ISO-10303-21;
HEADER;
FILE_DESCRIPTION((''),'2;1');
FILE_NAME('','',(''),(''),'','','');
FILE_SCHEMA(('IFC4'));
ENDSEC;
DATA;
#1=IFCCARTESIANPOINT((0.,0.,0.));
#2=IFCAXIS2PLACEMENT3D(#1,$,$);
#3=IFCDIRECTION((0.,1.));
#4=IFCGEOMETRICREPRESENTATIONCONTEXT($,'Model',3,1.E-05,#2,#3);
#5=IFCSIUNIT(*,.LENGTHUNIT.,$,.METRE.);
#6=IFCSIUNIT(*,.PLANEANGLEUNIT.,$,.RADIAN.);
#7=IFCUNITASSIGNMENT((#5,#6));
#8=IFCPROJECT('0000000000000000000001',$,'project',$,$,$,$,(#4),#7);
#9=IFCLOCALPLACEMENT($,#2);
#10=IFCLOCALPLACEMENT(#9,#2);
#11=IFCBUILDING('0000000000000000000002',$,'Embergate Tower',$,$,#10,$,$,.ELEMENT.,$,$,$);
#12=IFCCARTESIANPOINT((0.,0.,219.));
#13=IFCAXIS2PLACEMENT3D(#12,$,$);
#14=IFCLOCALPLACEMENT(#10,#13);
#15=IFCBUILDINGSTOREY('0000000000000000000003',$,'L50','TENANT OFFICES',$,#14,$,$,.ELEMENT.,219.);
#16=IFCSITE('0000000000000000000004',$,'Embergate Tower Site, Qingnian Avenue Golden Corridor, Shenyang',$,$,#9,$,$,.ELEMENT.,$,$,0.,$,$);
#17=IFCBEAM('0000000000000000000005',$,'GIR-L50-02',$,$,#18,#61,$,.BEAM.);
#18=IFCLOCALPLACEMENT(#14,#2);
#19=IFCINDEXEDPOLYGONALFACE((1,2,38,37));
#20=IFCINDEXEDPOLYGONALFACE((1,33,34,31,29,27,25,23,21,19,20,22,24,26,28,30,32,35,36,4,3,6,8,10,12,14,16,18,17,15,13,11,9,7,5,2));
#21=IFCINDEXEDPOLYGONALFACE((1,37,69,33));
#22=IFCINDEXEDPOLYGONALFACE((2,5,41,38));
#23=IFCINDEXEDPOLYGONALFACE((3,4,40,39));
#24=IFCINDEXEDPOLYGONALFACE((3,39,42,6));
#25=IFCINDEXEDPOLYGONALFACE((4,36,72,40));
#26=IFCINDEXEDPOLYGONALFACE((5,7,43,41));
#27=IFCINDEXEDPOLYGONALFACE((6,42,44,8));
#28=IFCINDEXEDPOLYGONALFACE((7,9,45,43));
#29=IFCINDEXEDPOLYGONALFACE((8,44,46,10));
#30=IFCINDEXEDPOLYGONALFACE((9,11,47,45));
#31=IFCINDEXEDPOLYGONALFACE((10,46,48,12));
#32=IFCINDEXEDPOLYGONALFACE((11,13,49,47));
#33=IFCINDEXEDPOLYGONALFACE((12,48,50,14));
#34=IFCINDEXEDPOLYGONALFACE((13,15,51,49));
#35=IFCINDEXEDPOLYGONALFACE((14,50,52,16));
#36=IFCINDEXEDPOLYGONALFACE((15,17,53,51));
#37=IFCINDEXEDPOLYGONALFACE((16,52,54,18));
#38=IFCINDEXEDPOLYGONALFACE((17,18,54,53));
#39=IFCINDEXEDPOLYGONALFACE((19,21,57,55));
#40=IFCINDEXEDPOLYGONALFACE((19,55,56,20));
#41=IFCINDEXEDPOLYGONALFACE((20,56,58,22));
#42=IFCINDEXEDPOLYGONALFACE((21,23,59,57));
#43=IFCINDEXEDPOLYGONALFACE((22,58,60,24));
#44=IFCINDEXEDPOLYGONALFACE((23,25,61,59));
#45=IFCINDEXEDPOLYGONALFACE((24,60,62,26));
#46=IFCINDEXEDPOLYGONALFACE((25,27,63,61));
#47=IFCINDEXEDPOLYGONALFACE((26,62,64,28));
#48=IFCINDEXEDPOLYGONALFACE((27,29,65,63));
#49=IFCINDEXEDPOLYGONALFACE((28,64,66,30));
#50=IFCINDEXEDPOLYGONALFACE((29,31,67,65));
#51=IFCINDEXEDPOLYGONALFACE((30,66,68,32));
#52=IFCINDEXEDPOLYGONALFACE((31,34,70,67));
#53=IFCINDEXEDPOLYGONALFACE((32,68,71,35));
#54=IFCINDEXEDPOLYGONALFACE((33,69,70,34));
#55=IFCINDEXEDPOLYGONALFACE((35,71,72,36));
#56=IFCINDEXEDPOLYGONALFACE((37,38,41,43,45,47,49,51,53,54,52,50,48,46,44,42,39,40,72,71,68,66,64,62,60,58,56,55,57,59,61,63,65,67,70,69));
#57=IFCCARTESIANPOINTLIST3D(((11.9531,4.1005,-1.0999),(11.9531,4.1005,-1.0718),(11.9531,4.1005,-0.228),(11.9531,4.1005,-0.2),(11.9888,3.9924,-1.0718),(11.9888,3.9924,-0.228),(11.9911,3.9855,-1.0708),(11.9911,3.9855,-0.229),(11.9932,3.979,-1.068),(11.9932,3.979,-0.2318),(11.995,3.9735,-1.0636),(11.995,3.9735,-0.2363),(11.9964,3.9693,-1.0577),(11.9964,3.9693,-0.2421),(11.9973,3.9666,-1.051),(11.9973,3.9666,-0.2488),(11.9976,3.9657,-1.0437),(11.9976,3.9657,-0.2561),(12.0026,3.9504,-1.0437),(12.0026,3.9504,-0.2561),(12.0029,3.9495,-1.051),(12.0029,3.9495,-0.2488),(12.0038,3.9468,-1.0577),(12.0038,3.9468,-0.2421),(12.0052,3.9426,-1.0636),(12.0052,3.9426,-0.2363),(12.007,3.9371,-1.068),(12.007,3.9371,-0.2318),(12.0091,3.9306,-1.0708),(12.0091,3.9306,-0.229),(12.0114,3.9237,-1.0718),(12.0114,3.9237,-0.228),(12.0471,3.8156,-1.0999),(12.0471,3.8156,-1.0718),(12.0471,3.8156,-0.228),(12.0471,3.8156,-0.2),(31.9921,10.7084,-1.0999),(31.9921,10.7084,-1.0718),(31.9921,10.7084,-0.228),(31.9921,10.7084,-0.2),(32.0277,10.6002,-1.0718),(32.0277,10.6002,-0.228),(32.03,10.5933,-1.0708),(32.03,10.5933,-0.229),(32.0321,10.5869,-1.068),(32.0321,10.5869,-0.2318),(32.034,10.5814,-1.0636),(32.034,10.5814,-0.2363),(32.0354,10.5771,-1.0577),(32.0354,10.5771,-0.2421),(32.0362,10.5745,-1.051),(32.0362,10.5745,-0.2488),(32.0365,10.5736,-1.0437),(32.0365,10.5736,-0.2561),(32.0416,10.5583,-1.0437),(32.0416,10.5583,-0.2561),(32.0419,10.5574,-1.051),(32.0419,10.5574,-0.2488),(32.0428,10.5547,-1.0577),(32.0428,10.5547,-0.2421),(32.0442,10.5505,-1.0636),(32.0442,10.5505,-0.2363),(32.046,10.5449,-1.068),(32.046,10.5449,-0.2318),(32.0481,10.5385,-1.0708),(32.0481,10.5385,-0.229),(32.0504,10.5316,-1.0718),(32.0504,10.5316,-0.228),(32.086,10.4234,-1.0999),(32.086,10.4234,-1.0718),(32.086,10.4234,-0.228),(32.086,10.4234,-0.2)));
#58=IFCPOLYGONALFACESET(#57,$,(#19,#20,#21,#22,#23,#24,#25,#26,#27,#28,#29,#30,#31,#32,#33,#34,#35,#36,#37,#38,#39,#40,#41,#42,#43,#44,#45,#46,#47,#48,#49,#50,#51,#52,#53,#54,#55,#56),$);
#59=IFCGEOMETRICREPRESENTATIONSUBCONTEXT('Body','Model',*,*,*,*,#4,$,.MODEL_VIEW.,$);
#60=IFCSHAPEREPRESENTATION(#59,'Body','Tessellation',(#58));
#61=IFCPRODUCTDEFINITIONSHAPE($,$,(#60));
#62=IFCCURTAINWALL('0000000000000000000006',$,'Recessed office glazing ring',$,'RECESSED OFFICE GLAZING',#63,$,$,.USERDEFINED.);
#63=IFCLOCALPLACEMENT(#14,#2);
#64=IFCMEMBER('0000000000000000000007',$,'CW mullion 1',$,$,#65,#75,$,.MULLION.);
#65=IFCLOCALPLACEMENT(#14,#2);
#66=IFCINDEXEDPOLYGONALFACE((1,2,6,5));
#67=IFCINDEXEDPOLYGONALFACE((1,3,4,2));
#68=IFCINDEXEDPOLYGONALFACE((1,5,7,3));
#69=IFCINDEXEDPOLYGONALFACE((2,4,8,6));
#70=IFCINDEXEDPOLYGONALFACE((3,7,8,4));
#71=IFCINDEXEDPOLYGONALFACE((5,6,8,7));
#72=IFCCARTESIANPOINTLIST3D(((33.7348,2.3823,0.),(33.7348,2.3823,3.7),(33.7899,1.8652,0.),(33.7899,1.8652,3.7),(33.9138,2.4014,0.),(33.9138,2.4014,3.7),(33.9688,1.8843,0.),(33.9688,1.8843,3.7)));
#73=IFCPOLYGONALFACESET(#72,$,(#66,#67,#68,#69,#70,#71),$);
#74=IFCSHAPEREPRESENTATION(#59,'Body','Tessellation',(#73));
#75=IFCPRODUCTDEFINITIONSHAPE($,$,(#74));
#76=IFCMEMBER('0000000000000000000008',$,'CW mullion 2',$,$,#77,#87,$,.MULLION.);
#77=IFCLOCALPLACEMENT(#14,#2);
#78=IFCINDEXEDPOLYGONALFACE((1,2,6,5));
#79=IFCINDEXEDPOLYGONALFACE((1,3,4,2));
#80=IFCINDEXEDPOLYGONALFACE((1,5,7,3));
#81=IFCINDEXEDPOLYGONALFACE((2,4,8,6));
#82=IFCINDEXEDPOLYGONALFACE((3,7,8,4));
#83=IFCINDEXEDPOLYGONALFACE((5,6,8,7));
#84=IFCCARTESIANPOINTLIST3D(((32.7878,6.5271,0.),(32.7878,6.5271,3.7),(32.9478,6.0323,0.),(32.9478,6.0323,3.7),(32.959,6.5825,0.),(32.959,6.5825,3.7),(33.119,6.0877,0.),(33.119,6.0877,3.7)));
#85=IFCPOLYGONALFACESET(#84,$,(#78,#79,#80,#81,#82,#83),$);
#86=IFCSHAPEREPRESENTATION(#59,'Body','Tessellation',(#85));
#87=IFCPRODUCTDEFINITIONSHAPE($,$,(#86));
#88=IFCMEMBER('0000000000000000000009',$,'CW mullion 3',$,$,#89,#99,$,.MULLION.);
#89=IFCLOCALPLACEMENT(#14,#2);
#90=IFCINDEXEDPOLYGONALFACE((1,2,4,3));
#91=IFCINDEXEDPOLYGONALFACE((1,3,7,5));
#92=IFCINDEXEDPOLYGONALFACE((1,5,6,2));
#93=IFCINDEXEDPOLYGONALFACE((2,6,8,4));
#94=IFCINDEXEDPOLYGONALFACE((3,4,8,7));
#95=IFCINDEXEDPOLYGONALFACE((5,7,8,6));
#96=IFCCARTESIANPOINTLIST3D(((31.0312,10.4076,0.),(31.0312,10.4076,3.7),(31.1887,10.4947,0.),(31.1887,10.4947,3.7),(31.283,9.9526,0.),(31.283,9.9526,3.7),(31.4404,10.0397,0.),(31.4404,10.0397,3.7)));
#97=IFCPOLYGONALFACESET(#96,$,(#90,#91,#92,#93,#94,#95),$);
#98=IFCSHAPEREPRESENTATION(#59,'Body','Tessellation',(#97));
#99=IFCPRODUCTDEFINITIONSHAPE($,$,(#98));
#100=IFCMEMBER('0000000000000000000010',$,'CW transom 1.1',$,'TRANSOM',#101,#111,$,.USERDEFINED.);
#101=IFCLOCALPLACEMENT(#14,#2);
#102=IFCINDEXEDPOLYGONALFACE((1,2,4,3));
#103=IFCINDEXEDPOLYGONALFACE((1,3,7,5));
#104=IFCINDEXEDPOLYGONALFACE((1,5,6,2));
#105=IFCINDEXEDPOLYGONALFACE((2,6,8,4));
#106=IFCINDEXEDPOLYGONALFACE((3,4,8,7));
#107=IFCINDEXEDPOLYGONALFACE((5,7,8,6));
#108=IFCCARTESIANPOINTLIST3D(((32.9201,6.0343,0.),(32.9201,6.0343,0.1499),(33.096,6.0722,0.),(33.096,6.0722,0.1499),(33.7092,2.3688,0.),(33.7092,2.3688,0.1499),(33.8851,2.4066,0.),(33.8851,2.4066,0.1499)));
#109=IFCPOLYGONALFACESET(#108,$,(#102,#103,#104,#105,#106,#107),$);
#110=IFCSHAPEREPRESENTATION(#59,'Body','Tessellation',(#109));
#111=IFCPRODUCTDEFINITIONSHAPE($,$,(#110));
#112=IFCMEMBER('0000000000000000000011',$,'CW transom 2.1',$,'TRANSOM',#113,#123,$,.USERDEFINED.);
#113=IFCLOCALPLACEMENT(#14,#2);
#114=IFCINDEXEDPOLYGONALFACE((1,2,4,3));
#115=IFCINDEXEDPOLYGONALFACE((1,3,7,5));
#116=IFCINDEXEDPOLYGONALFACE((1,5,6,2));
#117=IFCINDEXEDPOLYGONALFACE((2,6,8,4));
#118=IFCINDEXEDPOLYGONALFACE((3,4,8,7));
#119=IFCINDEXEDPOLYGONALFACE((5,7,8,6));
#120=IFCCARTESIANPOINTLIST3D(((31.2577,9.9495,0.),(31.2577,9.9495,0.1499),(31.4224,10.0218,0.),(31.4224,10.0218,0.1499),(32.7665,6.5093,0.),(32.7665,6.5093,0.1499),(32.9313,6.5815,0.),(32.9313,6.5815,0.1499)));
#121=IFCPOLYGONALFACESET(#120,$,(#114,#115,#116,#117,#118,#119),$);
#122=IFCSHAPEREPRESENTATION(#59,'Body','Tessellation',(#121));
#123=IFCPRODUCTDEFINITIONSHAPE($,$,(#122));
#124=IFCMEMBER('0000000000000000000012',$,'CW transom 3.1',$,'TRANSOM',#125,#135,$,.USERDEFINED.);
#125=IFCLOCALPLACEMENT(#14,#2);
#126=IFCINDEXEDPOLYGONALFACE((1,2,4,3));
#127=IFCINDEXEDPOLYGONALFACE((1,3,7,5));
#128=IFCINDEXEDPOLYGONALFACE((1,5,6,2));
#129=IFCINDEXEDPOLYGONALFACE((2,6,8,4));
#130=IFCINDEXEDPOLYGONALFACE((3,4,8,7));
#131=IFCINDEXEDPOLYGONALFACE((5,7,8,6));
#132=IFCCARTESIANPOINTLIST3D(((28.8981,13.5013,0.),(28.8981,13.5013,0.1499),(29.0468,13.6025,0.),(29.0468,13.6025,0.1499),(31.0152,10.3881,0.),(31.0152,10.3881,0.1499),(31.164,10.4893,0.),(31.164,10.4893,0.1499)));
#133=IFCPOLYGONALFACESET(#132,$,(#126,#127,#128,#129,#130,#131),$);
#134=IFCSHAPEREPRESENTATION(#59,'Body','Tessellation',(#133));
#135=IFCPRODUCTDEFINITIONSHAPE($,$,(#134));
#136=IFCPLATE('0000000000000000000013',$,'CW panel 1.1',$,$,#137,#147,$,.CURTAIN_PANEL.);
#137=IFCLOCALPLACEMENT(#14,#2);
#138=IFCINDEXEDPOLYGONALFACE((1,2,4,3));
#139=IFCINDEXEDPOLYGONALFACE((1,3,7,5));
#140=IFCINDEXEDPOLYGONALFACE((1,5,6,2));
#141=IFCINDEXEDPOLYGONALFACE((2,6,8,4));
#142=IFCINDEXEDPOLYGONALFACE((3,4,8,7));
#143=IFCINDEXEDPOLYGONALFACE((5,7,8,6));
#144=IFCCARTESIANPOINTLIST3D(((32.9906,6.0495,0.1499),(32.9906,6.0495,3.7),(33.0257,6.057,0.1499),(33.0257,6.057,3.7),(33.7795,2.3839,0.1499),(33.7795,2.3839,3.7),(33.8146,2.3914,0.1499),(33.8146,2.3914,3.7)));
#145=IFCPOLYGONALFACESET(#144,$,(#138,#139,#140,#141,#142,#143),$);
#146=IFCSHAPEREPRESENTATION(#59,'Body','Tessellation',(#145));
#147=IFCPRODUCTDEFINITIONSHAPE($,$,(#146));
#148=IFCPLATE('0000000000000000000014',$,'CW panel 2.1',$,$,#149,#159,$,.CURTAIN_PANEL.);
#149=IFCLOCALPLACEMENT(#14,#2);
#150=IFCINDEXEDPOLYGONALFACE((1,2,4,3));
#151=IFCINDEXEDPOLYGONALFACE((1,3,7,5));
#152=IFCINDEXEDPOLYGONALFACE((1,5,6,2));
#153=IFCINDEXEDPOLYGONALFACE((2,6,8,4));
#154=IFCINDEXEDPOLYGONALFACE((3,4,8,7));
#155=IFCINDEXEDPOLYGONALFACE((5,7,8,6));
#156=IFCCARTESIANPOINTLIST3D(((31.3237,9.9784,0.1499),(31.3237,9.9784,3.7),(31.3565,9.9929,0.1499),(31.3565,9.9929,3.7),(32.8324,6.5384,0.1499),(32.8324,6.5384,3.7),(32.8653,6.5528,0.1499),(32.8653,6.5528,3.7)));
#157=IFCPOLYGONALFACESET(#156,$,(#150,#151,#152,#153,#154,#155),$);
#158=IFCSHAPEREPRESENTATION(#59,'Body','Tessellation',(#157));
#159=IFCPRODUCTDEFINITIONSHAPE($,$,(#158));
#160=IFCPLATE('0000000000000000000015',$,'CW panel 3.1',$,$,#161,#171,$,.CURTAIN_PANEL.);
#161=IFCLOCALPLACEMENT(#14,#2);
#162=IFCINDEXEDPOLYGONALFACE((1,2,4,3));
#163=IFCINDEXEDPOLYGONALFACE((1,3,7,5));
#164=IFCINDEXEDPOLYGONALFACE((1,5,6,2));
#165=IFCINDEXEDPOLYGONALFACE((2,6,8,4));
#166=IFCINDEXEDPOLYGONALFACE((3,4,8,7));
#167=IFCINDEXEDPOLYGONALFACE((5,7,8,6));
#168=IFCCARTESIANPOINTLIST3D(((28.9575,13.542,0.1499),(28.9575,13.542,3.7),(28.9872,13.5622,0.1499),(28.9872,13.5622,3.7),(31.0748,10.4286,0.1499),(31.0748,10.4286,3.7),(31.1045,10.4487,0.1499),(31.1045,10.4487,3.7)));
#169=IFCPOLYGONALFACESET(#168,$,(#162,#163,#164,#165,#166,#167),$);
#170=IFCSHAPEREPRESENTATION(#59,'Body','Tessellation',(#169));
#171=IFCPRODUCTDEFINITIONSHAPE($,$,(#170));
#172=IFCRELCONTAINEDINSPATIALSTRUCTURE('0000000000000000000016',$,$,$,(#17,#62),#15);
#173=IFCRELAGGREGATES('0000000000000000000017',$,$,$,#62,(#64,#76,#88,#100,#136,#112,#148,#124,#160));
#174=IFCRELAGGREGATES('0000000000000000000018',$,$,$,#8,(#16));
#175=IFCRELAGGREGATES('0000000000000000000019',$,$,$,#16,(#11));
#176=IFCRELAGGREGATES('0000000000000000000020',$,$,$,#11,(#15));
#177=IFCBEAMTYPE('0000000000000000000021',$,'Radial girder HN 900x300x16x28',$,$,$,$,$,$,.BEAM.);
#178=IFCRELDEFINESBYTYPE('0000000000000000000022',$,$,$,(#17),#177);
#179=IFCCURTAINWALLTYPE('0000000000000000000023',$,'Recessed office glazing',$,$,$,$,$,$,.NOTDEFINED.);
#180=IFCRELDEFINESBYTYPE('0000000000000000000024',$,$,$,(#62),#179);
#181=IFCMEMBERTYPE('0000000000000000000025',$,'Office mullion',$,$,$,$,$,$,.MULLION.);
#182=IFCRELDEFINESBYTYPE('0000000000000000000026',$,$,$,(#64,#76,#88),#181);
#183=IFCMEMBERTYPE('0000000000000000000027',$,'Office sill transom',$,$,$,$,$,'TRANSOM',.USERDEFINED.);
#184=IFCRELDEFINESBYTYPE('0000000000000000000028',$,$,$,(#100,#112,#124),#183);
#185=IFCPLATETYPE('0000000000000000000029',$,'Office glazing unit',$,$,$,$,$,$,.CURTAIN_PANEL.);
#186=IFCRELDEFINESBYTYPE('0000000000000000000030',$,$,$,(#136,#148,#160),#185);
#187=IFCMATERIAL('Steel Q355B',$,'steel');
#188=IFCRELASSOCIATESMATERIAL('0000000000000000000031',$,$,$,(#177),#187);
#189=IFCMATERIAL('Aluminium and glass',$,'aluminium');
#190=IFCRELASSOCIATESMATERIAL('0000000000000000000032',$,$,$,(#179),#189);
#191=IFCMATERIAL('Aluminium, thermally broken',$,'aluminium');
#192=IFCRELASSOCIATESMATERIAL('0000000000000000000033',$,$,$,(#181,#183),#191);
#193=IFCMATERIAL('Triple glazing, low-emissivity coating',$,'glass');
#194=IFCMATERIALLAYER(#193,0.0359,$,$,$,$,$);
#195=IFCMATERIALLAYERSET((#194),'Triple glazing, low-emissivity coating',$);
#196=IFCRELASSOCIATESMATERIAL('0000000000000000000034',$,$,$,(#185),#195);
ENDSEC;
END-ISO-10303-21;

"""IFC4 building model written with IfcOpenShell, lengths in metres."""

from ifc_helpers import new_model, si_unit, direction, frame, origin, origin_2d, place, context, subcontext, project, spatial, rectangle, i_section, extrude, source, transform, mapped, material, layer, layer_set, material_profile, profile_set, type_object, element, aggregate, save


model = new_model("IFC4")

# Units and contexts
model_context = context("Model", 3, precision=1e-05, world=origin(), true_north=direction((0.0, 1.0)))
body_context = subcontext(model_context, "Body", "Model", "MODEL_VIEW")
ifc_project = project(units=[si_unit("LENGTHUNIT", "METRE"), si_unit("PLANEANGLEUNIT", "RADIAN")], contexts=[model_context])

# Site, building, storey
site_placement = place(None, origin())
site = spatial("IfcSite", under=ifc_project, at=site_placement, Name="Embergate Tower Site, Qingnian Avenue Golden Corridor, Shenyang", CompositionType="ELEMENT", RefElevation=0.0)
building_placement = place(site_placement, origin())
building = spatial("IfcBuilding", under=site, at=building_placement, Name="Embergate Tower", CompositionType="ELEMENT")
storey_placement = place(building_placement, frame((0.0, 0.0, 219.0)))
storey = spatial("IfcBuildingStorey", under=building, at=storey_placement, Name="L50", Description="TENANT OFFICES", CompositionType="ELEMENT", Elevation=219.0)

# Beam
ifc_material_1 = material(Name="Steel Q355B", Category="steel")
ifc_material_profile_1 = material_profile(ifc_material_1, i_section(OverallWidth=0.3, OverallDepth=0.8999, WebThickness=0.0161, FlangeThickness=0.0281, FilletRadius=0.0281, at=origin_2d()), Name="HN 900x300x16x28")
ifc_profile_set_1 = profile_set([ifc_material_profile_1], Name="Steel Q355 grade B")
beam_type_1 = type_object("IfcBeamType", Name="Radial girder HN 900x300x16x28", PredefinedType="BEAM", material=ifc_profile_set_1)
shared_shape_1 = source(origin(), body_context, "Body", "SweptSolid", [
    extrude(i_section(OverallWidth=0.3, OverallDepth=0.8999, WebThickness=0.0161, FlangeThickness=0.0281, FilletRadius=0.0281, at=origin_2d()), origin(), (0.0, 0.0, 1.0), 21.1003),
])
beam_1_placement = place(storey_placement, frame((32.0391, 10.5659, -0.6499), z_axis=(-0.949699, -0.313165, 0.0), x_axis=(0.313165, -0.949699, 0.0)))
element("IfcBeam", 1, at=beam_1_placement, inside=storey, type_object=beam_type_1, Name="GIR-L50-02", PredefinedType="BEAM", context=body_context, shape_type="MappedRepresentation", body=[
    mapped(shared_shape_1, transform((0.0, 0.0, 0.0))),
])

# Curtain wall, members, plates
ifc_material_2 = material(Name="Aluminium and glass", Category="aluminium")
curtain_wall_type = type_object("IfcCurtainWallType", Name="Recessed office glazing", PredefinedType="NOTDEFINED", material=ifc_material_2)
curtain_wall_placement = place(storey_placement, origin())
curtain_wall = element("IfcCurtainWall", 2, at=curtain_wall_placement, inside=storey, type_object=curtain_wall_type, Name="Recessed office glazing ring", ObjectType="RECESSED OFFICE GLAZING", PredefinedType="USERDEFINED")
ifc_material_3 = material(Name="Aluminium, thermally broken", Category="aluminium")
ifc_material_profile_2 = material_profile(ifc_material_3, rectangle(XDim=0.1799, YDim=0.52, at=origin_2d()), Name="AL 520x180")
ifc_profile_set_2 = profile_set([ifc_material_profile_2], Name="Aluminium, thermally broken")
member_type_1 = type_object("IfcMemberType", Name="Office mullion", PredefinedType="MULLION", material=ifc_profile_set_2)
shared_shape_2 = source(origin(), body_context, "Body", "SweptSolid", [
    extrude(rectangle(XDim=0.1799, YDim=0.52, at=origin_2d()), origin(), (0.0, 0.0, 1.0), 3.7),
])
member_1_placement = place(storey_placement, frame((33.8518, 2.1333, 0.0), z_axis=(0.0, 0.0, 1.0), x_axis=(-0.994385, -0.105825, 0.0)))
member_1 = element("IfcMember", 3, at=member_1_placement, type_object=member_type_1, Name="CW mullion 1", PredefinedType="MULLION", context=body_context, shape_type="MappedRepresentation", body=[
    mapped(shared_shape_2, transform((0.0, 0.0, 0.0))),
])
member_2_placement = place(storey_placement, frame((32.9534, 6.3074, 0.0), z_axis=(0.0, 0.0, 1.0), x_axis=(-0.951497, -0.307657, 0.0)))
member_2 = element("IfcMember", 4, at=member_2_placement, type_object=member_type_1, Name="CW mullion 2", PredefinedType="MULLION", context=body_context, shape_type="MappedRepresentation", body=[
    mapped(shared_shape_2, transform((0.0, 0.0, 0.0))),
])
member_3_placement = place(storey_placement, frame((31.2358, 10.2236, 0.0), z_axis=(0.0, 0.0, 1.0), x_axis=(-0.875001, -0.484121, 0.0)))
member_3 = element("IfcMember", 5, at=member_3_placement, type_object=member_type_1, Name="CW mullion 3", PredefinedType="MULLION", context=body_context, shape_type="MappedRepresentation", body=[
    mapped(shared_shape_2, transform((0.0, 0.0, 0.0))),
])
ifc_material_profile_3 = material_profile(ifc_material_3, rectangle(XDim=0.1799, YDim=0.1499, at=origin_2d()), Name="AL 150x180")
ifc_profile_set_3 = profile_set([ifc_material_profile_3], Name="Aluminium, thermally broken")
member_type_2 = type_object("IfcMemberType", Name="Office sill transom", ElementType="TRANSOM", PredefinedType="USERDEFINED", material=ifc_profile_set_3)
shared_shape_3 = source(origin(), body_context, "Body", "SweptSolid", [
    extrude(rectangle(XDim=0.1799, YDim=0.1499, at=origin_2d()), origin(), (0.0, 0.0, 1.0), 3.7495),
])
member_4_placement = place(storey_placement, frame((33.7971, 2.3877, 0.075), z_axis=(-0.210445, 0.977606, 0.0), x_axis=(-0.977606, -0.210445, 0.0)))
member_4 = element("IfcMember", 6, at=member_4_placement, type_object=member_type_2, Name="CW transom 1.1", ObjectType="TRANSOM", PredefinedType="USERDEFINED", context=body_context, shape_type="MappedRepresentation", body=[
    mapped(shared_shape_3, transform((0.0, 0.0, 0.0))),
])
shared_shape_4 = source(origin(), body_context, "Body", "SweptSolid", [
    extrude(rectangle(XDim=0.1799, YDim=0.1499, at=origin_2d()), origin(), (0.0, 0.0, 1.0), 3.7566),
])
member_5_placement = place(storey_placement, frame((32.8489, 6.5454, 0.075), z_axis=(-0.401647, 0.915794, 0.0), x_axis=(-0.915794, -0.401647, 0.0)))
member_5 = element("IfcMember", 7, at=member_5_placement, type_object=member_type_2, Name="CW transom 2.1", ObjectType="TRANSOM", PredefinedType="USERDEFINED", context=body_context, shape_type="MappedRepresentation", body=[
    mapped(shared_shape_4, transform((0.0, 0.0, 0.0))),
])
shared_shape_5 = source(origin(), body_context, "Body", "SweptSolid", [
    extrude(rectangle(XDim=0.1799, YDim=0.1499, at=origin_2d()), origin(), (0.0, 0.0, 1.0), 3.7649),
])
member_6_placement = place(storey_placement, frame((31.0896, 10.4387, 0.075), z_axis=(-0.562338, 0.826907, 0.0), x_axis=(-0.826907, -0.562338, 0.0)))
member_6 = element("IfcMember", 8, at=member_6_placement, type_object=member_type_2, Name="CW transom 3.1", ObjectType="TRANSOM", PredefinedType="USERDEFINED", context=body_context, shape_type="MappedRepresentation", body=[
    mapped(shared_shape_5, transform((0.0, 0.0, 0.0))),
])
ifc_material_4 = material(Name="Triple glazing, low-emissivity coating", Category="glass")
ifc_layer_1 = layer(ifc_material_4, 0.0359)
ifc_layer_set_1 = layer_set([ifc_layer_1], Name="Triple glazing, low-emissivity coating")
plate_type = type_object("IfcPlateType", Name="Office glazing unit", PredefinedType="CURTAIN_PANEL", material=ifc_layer_set_1)
shared_shape_6 = source(origin(), body_context, "Body", "SweptSolid", [
    extrude(rectangle(XDim=3.7495, YDim=0.0359, at=origin_2d()), origin(), (0.0, 0.0, 1.0), 3.55),
])
plate_1_placement = place(storey_placement, frame((33.4026, 4.2205, 0.1499), z_axis=(0.0, 0.0, 1.0), x_axis=(-0.210397, 0.977616, 0.0)))
plate_1 = element("IfcPlate", 9, at=plate_1_placement, type_object=plate_type, Name="CW panel 1.1", PredefinedType="CURTAIN_PANEL", context=body_context, shape_type="MappedRepresentation", body=[
    mapped(shared_shape_6, transform((0.0, 0.0, 0.0))),
])
shared_shape_7 = source(origin(), body_context, "Body", "SweptSolid", [
    extrude(rectangle(XDim=3.7563, YDim=0.0359, at=origin_2d()), origin(), (0.0, 0.0, 1.0), 3.55),
])
plate_2_placement = place(storey_placement, frame((32.0945, 8.2656, 0.1499), z_axis=(0.0, 0.0, 1.0), x_axis=(-0.401649, 0.915794, 0.0)))
plate_2 = element("IfcPlate", 10, at=plate_2_placement, type_object=plate_type, Name="CW panel 2.1", PredefinedType="CURTAIN_PANEL", context=body_context, shape_type="MappedRepresentation", body=[
    mapped(shared_shape_7, transform((0.0, 0.0, 0.0))),
])
shared_shape_8 = source(origin(), body_context, "Body", "SweptSolid", [
    extrude(rectangle(XDim=3.7651, YDim=0.0359, at=origin_2d()), origin(), (0.0, 0.0, 1.0), 3.55),
])
plate_3_placement = place(storey_placement, frame((30.031, 11.9954, 0.1499), z_axis=(0.0, 0.0, 1.0), x_axis=(-0.562339, 0.826907, 0.0)))
plate_3 = element("IfcPlate", 11, at=plate_3_placement, type_object=plate_type, Name="CW panel 3.1", PredefinedType="CURTAIN_PANEL", context=body_context, shape_type="MappedRepresentation", body=[
    mapped(shared_shape_8, transform((0.0, 0.0, 0.0))),
])
aggregate(curtain_wall, [member_1, member_2, member_3, member_4, plate_1, member_5, plate_2, member_6, plate_3])

save(model, "model.ifc")
